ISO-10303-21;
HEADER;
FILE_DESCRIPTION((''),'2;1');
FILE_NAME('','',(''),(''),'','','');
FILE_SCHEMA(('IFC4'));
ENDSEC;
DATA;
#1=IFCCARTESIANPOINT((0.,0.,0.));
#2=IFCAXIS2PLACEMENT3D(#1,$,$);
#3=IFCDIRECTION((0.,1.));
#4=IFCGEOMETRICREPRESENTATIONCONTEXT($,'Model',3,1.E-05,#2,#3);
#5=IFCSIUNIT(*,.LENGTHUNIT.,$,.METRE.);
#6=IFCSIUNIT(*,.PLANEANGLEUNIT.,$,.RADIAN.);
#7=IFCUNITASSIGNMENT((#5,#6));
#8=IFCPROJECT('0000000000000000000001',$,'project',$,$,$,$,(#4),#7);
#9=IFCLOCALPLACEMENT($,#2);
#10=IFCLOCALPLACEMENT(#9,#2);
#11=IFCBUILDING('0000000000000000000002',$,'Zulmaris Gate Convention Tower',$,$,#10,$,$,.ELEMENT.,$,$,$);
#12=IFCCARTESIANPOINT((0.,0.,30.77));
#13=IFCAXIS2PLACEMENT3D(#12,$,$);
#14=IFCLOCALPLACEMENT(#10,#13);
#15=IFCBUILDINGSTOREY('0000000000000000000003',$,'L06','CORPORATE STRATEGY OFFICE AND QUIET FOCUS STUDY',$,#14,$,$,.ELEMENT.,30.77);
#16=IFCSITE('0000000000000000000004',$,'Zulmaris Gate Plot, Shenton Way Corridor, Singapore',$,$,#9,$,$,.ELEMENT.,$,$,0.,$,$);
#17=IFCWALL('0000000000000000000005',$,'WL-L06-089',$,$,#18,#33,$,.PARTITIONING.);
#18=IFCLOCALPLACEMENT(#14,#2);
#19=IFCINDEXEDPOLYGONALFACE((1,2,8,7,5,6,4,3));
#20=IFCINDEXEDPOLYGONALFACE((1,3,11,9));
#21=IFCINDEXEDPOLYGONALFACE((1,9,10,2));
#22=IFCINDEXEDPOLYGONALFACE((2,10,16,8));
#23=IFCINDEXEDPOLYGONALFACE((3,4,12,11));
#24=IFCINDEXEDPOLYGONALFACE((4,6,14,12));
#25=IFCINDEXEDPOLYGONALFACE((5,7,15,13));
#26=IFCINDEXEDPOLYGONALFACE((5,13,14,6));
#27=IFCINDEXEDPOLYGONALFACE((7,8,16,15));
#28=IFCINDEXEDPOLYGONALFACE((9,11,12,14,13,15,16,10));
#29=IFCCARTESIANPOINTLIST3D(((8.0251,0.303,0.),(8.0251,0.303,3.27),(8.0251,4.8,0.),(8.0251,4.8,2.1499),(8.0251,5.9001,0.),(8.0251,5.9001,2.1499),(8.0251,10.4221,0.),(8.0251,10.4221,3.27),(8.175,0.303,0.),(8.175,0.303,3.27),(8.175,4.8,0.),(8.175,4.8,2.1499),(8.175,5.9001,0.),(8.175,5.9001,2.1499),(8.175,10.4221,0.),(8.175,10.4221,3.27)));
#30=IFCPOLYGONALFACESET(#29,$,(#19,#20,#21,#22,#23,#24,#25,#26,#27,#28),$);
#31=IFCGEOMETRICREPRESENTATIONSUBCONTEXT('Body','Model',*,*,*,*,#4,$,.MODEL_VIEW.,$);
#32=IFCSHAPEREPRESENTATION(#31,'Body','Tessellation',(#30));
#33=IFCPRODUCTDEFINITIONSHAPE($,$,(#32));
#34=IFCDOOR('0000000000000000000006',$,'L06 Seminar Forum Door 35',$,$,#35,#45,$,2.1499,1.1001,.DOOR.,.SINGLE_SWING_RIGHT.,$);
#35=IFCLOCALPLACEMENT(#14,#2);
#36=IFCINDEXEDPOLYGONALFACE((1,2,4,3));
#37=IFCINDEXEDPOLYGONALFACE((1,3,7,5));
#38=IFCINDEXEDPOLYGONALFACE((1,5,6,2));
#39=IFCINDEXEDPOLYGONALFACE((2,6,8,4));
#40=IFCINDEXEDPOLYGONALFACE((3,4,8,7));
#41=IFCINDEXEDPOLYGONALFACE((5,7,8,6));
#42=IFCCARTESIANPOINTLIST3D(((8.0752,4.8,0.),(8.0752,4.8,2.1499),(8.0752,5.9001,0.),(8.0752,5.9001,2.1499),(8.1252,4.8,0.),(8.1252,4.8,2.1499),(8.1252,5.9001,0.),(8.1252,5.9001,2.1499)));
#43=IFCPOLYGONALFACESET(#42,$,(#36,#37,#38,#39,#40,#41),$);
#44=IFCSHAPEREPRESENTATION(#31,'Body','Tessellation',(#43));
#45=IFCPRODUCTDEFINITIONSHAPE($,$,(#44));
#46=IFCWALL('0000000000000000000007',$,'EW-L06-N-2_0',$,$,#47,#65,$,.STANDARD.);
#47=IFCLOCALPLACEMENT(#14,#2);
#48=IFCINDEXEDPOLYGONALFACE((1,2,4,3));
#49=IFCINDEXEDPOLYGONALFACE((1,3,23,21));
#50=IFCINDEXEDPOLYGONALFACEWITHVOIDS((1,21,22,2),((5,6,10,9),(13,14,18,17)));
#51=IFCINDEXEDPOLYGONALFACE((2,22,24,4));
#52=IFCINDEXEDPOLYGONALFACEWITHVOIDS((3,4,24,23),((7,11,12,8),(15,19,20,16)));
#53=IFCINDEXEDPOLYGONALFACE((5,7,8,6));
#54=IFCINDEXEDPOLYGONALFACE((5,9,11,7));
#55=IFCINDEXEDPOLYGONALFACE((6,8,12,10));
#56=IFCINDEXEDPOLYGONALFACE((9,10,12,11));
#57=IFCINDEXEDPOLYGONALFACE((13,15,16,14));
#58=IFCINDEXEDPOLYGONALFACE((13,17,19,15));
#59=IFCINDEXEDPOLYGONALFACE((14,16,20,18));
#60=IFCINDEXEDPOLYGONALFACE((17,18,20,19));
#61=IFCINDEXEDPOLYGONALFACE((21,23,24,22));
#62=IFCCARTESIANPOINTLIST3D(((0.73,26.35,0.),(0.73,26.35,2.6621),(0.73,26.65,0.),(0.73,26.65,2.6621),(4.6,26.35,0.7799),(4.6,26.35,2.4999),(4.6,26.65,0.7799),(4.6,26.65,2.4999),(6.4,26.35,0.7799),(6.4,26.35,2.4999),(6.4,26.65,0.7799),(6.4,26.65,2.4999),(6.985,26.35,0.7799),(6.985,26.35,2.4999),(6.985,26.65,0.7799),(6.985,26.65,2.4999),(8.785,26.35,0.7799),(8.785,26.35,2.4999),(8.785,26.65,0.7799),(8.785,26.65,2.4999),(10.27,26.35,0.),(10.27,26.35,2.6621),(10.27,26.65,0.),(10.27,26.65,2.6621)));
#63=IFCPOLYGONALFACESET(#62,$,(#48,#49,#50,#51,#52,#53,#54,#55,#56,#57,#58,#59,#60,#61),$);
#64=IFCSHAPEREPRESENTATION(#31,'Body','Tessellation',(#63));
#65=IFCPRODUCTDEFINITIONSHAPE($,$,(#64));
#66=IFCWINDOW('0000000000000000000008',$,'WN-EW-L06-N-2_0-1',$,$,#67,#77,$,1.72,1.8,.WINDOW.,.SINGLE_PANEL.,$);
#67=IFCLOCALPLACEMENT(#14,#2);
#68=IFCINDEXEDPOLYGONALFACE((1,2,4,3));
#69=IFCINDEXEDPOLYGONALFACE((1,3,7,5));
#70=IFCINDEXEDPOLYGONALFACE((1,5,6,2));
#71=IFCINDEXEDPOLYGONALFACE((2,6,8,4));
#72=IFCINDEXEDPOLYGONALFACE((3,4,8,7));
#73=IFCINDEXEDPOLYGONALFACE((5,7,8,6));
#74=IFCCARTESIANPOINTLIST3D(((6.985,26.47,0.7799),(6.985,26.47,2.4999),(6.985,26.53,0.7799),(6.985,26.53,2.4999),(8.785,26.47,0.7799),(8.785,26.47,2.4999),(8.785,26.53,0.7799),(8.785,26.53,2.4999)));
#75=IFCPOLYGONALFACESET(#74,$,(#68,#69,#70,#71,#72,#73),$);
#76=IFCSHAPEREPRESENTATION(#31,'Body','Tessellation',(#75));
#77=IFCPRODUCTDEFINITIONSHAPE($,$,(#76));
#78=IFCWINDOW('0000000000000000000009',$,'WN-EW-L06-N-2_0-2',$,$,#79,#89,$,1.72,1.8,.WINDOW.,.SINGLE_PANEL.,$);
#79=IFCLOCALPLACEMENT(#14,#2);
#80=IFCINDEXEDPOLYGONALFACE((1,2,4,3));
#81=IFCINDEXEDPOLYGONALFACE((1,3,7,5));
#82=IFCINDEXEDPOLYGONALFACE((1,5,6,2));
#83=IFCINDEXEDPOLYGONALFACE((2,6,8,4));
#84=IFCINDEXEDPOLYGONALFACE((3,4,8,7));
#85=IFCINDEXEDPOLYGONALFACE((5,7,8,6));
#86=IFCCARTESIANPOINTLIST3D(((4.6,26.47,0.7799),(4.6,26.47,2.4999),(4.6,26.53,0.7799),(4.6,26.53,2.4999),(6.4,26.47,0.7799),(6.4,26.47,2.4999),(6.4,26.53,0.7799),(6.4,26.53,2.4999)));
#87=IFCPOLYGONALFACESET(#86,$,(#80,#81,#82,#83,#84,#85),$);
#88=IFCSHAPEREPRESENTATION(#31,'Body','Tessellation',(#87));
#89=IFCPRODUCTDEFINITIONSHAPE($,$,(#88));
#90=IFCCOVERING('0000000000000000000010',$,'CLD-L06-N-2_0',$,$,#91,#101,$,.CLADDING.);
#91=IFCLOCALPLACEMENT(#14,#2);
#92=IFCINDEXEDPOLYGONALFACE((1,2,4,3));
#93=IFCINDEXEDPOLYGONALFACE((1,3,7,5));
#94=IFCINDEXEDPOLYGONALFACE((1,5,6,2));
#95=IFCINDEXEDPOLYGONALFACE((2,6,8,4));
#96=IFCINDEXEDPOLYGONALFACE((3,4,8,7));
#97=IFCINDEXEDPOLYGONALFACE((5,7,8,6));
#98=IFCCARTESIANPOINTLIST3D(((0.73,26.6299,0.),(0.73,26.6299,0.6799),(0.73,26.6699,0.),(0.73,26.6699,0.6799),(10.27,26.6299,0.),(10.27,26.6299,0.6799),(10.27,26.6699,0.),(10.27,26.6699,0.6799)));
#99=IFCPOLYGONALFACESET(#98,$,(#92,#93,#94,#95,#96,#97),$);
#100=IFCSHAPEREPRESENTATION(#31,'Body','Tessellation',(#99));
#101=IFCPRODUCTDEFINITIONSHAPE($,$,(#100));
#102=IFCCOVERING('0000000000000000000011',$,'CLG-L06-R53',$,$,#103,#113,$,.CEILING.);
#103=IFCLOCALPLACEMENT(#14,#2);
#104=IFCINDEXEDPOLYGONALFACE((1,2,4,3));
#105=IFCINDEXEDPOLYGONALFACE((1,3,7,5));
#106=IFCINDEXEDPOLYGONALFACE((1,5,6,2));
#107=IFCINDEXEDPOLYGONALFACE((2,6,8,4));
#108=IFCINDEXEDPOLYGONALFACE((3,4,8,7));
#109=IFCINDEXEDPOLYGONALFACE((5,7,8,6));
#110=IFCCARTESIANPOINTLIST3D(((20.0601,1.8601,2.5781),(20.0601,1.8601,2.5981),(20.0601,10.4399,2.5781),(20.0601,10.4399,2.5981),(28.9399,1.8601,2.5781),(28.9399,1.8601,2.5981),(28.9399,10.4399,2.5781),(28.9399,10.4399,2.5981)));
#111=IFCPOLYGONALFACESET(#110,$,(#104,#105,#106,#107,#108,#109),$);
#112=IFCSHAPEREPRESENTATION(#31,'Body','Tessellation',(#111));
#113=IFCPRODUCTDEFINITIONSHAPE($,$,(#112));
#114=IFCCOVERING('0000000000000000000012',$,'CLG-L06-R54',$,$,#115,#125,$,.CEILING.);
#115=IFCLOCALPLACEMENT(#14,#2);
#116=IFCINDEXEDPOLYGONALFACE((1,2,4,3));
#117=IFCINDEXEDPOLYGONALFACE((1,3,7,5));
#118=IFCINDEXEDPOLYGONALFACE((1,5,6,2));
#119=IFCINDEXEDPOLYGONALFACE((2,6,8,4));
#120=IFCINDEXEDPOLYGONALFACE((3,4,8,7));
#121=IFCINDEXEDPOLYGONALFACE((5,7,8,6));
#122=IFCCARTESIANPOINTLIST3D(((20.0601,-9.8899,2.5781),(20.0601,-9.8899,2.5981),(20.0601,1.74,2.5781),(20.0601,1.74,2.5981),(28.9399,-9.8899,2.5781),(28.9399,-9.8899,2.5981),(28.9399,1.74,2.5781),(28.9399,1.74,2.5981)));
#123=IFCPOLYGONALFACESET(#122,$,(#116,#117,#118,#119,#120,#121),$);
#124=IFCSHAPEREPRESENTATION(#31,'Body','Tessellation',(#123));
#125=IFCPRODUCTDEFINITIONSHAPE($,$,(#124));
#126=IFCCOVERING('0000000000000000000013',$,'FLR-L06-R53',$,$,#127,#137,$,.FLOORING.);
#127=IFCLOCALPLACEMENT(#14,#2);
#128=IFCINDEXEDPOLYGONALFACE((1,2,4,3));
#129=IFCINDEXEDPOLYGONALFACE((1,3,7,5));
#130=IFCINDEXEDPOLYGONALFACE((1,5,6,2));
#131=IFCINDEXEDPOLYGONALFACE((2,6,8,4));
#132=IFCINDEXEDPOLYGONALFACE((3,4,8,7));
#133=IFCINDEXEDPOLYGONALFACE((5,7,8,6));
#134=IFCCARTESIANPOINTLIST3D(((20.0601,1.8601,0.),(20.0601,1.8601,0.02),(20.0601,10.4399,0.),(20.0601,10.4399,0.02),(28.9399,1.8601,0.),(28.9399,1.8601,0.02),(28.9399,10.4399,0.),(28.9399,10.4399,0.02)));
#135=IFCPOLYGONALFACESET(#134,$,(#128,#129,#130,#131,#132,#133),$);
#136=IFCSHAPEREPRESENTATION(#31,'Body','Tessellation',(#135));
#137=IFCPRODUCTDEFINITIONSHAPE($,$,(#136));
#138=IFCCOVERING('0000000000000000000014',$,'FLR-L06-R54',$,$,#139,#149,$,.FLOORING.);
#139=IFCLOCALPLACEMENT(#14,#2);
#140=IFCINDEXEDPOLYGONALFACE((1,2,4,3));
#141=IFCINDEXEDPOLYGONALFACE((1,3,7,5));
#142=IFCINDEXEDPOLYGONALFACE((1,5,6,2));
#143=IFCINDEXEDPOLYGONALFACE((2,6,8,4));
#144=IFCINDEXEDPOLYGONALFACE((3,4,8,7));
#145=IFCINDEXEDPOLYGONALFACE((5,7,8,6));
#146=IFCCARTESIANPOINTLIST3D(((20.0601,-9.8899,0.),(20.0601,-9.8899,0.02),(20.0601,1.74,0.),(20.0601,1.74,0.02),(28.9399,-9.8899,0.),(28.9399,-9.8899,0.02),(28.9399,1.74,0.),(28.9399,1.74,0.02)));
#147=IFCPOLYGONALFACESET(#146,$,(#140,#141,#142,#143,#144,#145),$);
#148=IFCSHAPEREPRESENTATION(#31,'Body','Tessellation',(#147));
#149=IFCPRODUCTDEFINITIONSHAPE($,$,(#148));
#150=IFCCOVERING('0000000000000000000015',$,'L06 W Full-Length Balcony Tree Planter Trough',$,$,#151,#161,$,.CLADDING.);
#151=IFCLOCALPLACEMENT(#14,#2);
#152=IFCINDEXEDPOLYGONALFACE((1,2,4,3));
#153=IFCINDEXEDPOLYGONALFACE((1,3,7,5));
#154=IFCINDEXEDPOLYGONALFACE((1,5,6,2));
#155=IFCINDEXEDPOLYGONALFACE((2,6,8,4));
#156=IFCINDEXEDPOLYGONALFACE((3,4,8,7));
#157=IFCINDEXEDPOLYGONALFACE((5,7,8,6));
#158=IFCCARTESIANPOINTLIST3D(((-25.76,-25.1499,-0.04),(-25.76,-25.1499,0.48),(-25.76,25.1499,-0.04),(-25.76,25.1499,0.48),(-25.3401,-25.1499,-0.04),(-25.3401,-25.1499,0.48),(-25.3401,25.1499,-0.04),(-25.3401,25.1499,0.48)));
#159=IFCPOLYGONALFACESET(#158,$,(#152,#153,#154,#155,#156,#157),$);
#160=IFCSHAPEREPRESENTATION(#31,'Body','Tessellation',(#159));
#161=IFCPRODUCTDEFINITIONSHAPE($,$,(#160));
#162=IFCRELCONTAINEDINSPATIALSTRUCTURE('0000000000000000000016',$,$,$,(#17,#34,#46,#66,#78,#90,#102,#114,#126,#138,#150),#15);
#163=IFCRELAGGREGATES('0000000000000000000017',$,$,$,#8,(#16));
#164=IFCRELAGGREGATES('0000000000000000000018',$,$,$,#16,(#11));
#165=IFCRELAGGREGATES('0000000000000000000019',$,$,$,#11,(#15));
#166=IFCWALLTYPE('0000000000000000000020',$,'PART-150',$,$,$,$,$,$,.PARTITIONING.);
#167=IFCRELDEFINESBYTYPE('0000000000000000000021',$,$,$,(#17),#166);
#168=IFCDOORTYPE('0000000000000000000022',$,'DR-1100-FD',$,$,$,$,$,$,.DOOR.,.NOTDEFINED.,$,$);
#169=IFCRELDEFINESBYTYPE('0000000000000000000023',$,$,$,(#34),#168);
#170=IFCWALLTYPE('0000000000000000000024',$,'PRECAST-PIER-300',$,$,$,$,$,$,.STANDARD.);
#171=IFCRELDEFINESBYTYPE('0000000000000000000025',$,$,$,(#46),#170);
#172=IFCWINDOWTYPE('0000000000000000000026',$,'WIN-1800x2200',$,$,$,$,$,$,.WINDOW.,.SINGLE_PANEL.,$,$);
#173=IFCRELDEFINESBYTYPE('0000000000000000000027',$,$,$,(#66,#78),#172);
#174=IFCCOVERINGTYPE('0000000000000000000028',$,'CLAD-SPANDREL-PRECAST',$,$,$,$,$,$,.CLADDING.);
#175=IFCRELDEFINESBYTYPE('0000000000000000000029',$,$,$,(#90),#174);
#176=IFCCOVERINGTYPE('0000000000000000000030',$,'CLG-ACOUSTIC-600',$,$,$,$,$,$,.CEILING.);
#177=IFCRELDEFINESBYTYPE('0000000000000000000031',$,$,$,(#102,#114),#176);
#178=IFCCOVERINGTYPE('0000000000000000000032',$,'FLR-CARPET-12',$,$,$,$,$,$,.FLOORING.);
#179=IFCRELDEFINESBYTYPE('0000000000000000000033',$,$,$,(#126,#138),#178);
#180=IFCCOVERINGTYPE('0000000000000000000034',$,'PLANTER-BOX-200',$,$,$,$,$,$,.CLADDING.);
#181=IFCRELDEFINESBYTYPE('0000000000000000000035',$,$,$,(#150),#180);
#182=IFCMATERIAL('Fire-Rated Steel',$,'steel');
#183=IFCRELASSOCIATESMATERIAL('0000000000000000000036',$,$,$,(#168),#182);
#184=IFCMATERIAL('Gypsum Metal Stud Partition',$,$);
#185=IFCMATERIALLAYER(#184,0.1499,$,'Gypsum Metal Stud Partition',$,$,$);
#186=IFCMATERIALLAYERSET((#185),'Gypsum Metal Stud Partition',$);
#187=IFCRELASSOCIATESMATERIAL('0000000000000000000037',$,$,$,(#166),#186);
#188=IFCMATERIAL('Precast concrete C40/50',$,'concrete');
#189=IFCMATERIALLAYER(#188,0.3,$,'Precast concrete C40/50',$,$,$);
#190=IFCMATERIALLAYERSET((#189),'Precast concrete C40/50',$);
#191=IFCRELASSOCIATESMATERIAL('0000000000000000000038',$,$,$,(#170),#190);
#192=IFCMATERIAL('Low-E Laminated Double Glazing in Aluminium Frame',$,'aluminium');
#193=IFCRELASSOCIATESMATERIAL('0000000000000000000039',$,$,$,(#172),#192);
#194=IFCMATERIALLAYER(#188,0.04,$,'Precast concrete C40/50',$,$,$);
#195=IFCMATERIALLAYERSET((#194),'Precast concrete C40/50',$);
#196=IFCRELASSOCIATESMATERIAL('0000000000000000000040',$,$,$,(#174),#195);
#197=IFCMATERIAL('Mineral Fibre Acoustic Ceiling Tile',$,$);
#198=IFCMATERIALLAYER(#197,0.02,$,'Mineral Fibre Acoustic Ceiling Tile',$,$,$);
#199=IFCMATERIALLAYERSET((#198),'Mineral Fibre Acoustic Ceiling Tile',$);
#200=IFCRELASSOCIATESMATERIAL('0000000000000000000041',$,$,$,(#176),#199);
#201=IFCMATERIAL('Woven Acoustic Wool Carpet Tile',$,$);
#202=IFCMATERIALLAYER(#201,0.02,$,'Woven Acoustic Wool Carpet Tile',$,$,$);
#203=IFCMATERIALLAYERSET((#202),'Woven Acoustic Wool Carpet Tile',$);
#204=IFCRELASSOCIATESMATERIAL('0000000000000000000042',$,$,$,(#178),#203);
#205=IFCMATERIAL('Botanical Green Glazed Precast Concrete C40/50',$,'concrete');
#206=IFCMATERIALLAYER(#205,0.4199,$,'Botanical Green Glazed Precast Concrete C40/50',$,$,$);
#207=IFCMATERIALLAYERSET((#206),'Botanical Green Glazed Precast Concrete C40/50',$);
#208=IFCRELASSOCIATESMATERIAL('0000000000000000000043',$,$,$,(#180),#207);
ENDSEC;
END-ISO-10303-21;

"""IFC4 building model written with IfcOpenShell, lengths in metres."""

from ifc_helpers import new_model, si_unit, direction, frame, frame_2d, origin, place, context, subcontext, project, spatial, polyline, rectangle, outline, extrude, material, layer, layer_set, type_object, element, fill, save


model = new_model("IFC4")

# Units and contexts
model_context = context("Model", 3, precision=1e-05, world=origin(), true_north=direction((0.0, 1.0)))
body_context = subcontext(model_context, "Body", "Model", "MODEL_VIEW")
ifc_project = project(units=[si_unit("LENGTHUNIT", "METRE"), si_unit("PLANEANGLEUNIT", "RADIAN")], contexts=[model_context])

# Site, building, storey
site_placement = place(None, origin())
site = spatial("IfcSite", under=ifc_project, at=site_placement, Name="Zulmaris Gate Plot, Shenton Way Corridor, Singapore", CompositionType="ELEMENT", RefElevation=0.0)
building_placement = place(site_placement, origin())
building = spatial("IfcBuilding", under=site, at=building_placement, Name="Zulmaris Gate Convention Tower", CompositionType="ELEMENT")
storey_placement = place(building_placement, frame((0.0, 0.0, 30.77)))
storey = spatial("IfcBuildingStorey", under=building, at=storey_placement, Name="L06", Description="CORPORATE STRATEGY OFFICE AND QUIET FOCUS STUDY", CompositionType="ELEMENT", Elevation=30.77)

# Shared definitions
ifc_material_1 = material(Name="Fire-Rated Steel", Category="steel")
door_type_1 = type_object("IfcDoorType", Name="DR-1100-FD", OperationType="NOTDEFINED", PredefinedType="DOOR", material=ifc_material_1)

# Shared definitions
ifc_material_2 = material(Name="Gypsum Metal Stud Partition")
ifc_layer_1 = layer(ifc_material_2, 0.1499, Name="Gypsum Metal Stud Partition")
ifc_layer_set_1 = layer_set([ifc_layer_1], Name="Gypsum Metal Stud Partition")
wall_type_1 = type_object("IfcWallType", Name="PART-150", PredefinedType="PARTITIONING", material=ifc_layer_set_1)

# Wall, opening, door
wall_1_placement = place(storey_placement, frame((8.1001, 0.303, 0.0), z_axis=(0.0, 0.0, 1.0), x_axis=(0.0, 1.0, 0.0)))
wall_1 = element("IfcWall", 1, at=wall_1_placement, inside=storey, type_object=wall_type_1, Name="WL-L06-089", PredefinedType="PARTITIONING", context=body_context, shape_type="SweptSolid", body=[
    extrude(rectangle(XDim=10.1191, YDim=0.1499, at=frame_2d((5.0596, 0.0))), origin(), (0.0, 0.0, 1.0), 3.27),
])
opening_1_placement = place(wall_1_placement, frame((4.4971, 0.0, 0.0)))
opening_1 = element("IfcOpeningElement", 2, at=opening_1_placement, cuts=wall_1, PredefinedType="OPENING", context=body_context, shape_type="SweptSolid", body=[
    extrude(rectangle(XDim=1.1001, YDim=2.1499, at=frame_2d((0.55, 1.075))), frame((0.0, 0.085, 0.0), z_axis=(0.0, -1.0, 0.0), x_axis=(1.0, 0.0, 0.0)), (0.0, 0.0, 1.0), 0.1699),
])
door_1_placement = place(opening_1_placement, origin())
door_1 = element("IfcDoor", 3, at=door_1_placement, inside=storey, type_object=door_type_1, Name="L06 Seminar Forum Door 35", OperationType="SINGLE_SWING_RIGHT", OverallHeight=2.1499, OverallWidth=1.1001, PredefinedType="DOOR", context=body_context, shape_type="SweptSolid", body=[
    extrude(rectangle(XDim=1.1001, YDim=2.1499, at=frame_2d((0.55, 1.075))), frame((0.0, 0.0249, 0.0), z_axis=(0.0, -1.0, 0.0), x_axis=(1.0, 0.0, 0.0)), (0.0, 0.0, 1.0), 0.05),
])
fill(opening_1, door_1)

# Wall, openings, windows
ifc_material_3 = material(Name="Precast concrete C40/50", Category="concrete")
ifc_layer_2 = layer(ifc_material_3, 0.3, Name="Precast concrete C40/50")
ifc_layer_set_2 = layer_set([ifc_layer_2], Name="Precast concrete C40/50")
wall_type_2 = type_object("IfcWallType", Name="PRECAST-PIER-300", PredefinedType="STANDARD", material=ifc_layer_set_2)
wall_2_placement = place(storey_placement, frame((10.27, 26.5, 0.0), z_axis=(0.0, 0.0, 1.0), x_axis=(-1.0, 0.0, 0.0)))
wall_2 = element("IfcWall", 4, at=wall_2_placement, inside=storey, type_object=wall_type_2, Name="EW-L06-N-2_0", PredefinedType="STANDARD", context=body_context, shape_type="SweptSolid", body=[
    extrude(rectangle(XDim=9.54, YDim=0.3, at=frame_2d((4.77, 0.0))), origin(), (0.0, 0.0, 1.0), 2.6621),
])
opening_2_placement = place(wall_2_placement, frame((1.4851, 0.0, 0.78)))
opening_2 = element("IfcOpeningElement", 5, at=opening_2_placement, cuts=wall_2, PredefinedType="OPENING", context=body_context, shape_type="SweptSolid", body=[
    extrude(rectangle(XDim=1.8, YDim=1.72, at=frame_2d((0.8999, 0.8599))), frame((0.0, 0.1602, 0.0), z_axis=(0.0, -1.0, 0.0), x_axis=(1.0, 0.0, 0.0)), (0.0, 0.0, 1.0), 0.3201),
])
opening_3_placement = place(wall_2_placement, frame((3.8701, 0.0, 0.78)))
opening_3 = element("IfcOpeningElement", 6, at=opening_3_placement, cuts=wall_2, PredefinedType="OPENING", context=body_context, shape_type="SweptSolid", body=[
    extrude(rectangle(XDim=1.8, YDim=1.72, at=frame_2d((0.8999, 0.8599))), frame((0.0, 0.1602, 0.0), z_axis=(0.0, -1.0, 0.0), x_axis=(1.0, 0.0, 0.0)), (0.0, 0.0, 1.0), 0.3201),
])
ifc_material_4 = material(Name="Low-E Laminated Double Glazing in Aluminium Frame", Category="aluminium")
window_type = type_object("IfcWindowType", Name="WIN-1800x2200", PartitioningType="SINGLE_PANEL", PredefinedType="WINDOW", material=ifc_material_4)
window_1_placement = place(opening_2_placement, origin())
window_1 = element("IfcWindow", 7, at=window_1_placement, inside=storey, type_object=window_type, Name="WN-EW-L06-N-2_0-1", OverallHeight=1.72, OverallWidth=1.8, PartitioningType="SINGLE_PANEL", PredefinedType="WINDOW", context=body_context, shape_type="SweptSolid", body=[
    extrude(rectangle(XDim=1.8, YDim=1.72, at=frame_2d((0.8999, 0.8599))), frame((0.0, 0.03, 0.0), z_axis=(0.0, -1.0, 0.0), x_axis=(1.0, 0.0, 0.0)), (0.0, 0.0, 1.0), 0.0601),
])
fill(opening_2, window_1)
window_2_placement = place(opening_3_placement, origin())
window_2 = element("IfcWindow", 8, at=window_2_placement, inside=storey, type_object=window_type, Name="WN-EW-L06-N-2_0-2", OverallHeight=1.72, OverallWidth=1.8, PartitioningType="SINGLE_PANEL", PredefinedType="WINDOW", context=body_context, shape_type="SweptSolid", body=[
    extrude(rectangle(XDim=1.8, YDim=1.72, at=frame_2d((0.8999, 0.8599))), frame((0.0, 0.03, 0.0), z_axis=(0.0, -1.0, 0.0), x_axis=(1.0, 0.0, 0.0)), (0.0, 0.0, 1.0), 0.0601),
])
fill(opening_3, window_2)

# Coverings
ifc_layer_3 = layer(ifc_material_3, 0.04, Name="Precast concrete C40/50")
ifc_layer_set_3 = layer_set([ifc_layer_3], Name="Precast concrete C40/50")
covering_type_1 = type_object("IfcCoveringType", Name="CLAD-SPANDREL-PRECAST", PredefinedType="CLADDING", material=ifc_layer_set_3)
covering_1_placement = place(storey_placement, frame((10.27, 26.6499, 0.0), z_axis=(0.0, 0.0, 1.0), x_axis=(-1.0, 0.0, 0.0)))
element("IfcCovering", 9, at=covering_1_placement, inside=storey, type_object=covering_type_1, Name="CLD-L06-N-2_0", PredefinedType="CLADDING", context=body_context, shape_type="SweptSolid", body=[
    extrude(rectangle(XDim=9.54, YDim=0.04, at=frame_2d((4.77, 0.0))), origin(), (0.0, 0.0, 1.0), 0.6799),
])
ifc_material_5 = material(Name="Mineral Fibre Acoustic Ceiling Tile")
ifc_layer_4 = layer(ifc_material_5, 0.02, Name="Mineral Fibre Acoustic Ceiling Tile")
ifc_layer_set_4 = layer_set([ifc_layer_4], Name="Mineral Fibre Acoustic Ceiling Tile")
covering_type_2 = type_object("IfcCoveringType", Name="CLG-ACOUSTIC-600", PredefinedType="CEILING", material=ifc_layer_set_4)
covering_2_placement = place(storey_placement, frame((0.0, 0.0, 2.5781)))
element("IfcCovering", 10, at=covering_2_placement, inside=storey, type_object=covering_type_2, Name="CLG-L06-R53", PredefinedType="CEILING", context=body_context, shape_type="SweptSolid", body=[
    extrude(outline(polyline([(20.0601, 1.8601), (28.9399, 1.8601), (28.9399, 10.4399), (20.0601, 10.4399), (20.0601, 1.8601)])), origin(), (0.0, 0.0, 1.0), 0.02),
])
covering_3_placement = place(storey_placement, frame((0.0, 0.0, 2.5781)))
element("IfcCovering", 11, at=covering_3_placement, inside=storey, type_object=covering_type_2, Name="CLG-L06-R54", PredefinedType="CEILING", context=body_context, shape_type="SweptSolid", body=[
    extrude(outline(polyline([(20.0601, -9.8899), (28.9399, -9.8899), (28.9399, 1.74), (20.0601, 1.74), (20.0601, -9.8899)])), origin(), (0.0, 0.0, 1.0), 0.02),
])
ifc_material_6 = material(Name="Woven Acoustic Wool Carpet Tile")
ifc_layer_5 = layer(ifc_material_6, 0.02, Name="Woven Acoustic Wool Carpet Tile")
ifc_layer_set_5 = layer_set([ifc_layer_5], Name="Woven Acoustic Wool Carpet Tile")
covering_type_3 = type_object("IfcCoveringType", Name="FLR-CARPET-12", PredefinedType="FLOORING", material=ifc_layer_set_5)
covering_4_placement = place(storey_placement, origin())
element("IfcCovering", 12, at=covering_4_placement, inside=storey, type_object=covering_type_3, Name="FLR-L06-R53", PredefinedType="FLOORING", context=body_context, shape_type="SweptSolid", body=[
    extrude(outline(polyline([(20.0601, 1.8601), (28.9399, 1.8601), (28.9399, 10.4399), (20.0601, 10.4399), (20.0601, 1.8601)])), origin(), (0.0, 0.0, 1.0), 0.02),
])
covering_5_placement = place(storey_placement, origin())
element("IfcCovering", 13, at=covering_5_placement, inside=storey, type_object=covering_type_3, Name="FLR-L06-R54", PredefinedType="FLOORING", context=body_context, shape_type="SweptSolid", body=[
    extrude(outline(polyline([(20.0601, -9.8899), (28.9399, -9.8899), (28.9399, 1.74), (20.0601, 1.74), (20.0601, -9.8899)])), origin(), (0.0, 0.0, 1.0), 0.02),
])
ifc_material_7 = material(Name="Botanical Green Glazed Precast Concrete C40/50", Category="concrete")
ifc_layer_6 = layer(ifc_material_7, 0.4199, Name="Botanical Green Glazed Precast Concrete C40/50")
ifc_layer_set_6 = layer_set([ifc_layer_6], Name="Botanical Green Glazed Precast Concrete C40/50")
covering_type_4 = type_object("IfcCoveringType", Name="PLANTER-BOX-200", PredefinedType="CLADDING", material=ifc_layer_set_6)
covering_6_placement = place(storey_placement, frame((0.0, 0.0, -0.04)))
element("IfcCovering", 14, at=covering_6_placement, inside=storey, type_object=covering_type_4, Name="L06 W Full-Length Balcony Tree Planter Trough", PredefinedType="CLADDING", context=body_context, shape_type="SweptSolid", body=[
    extrude(outline(polyline([(-25.76, -25.1499), (-25.3401, -25.1499), (-25.3401, 25.1499), (-25.76, 25.1499), (-25.76, -25.1499)])), origin(), (0.0, 0.0, 1.0), 0.52),
])

save(model, "model.ifc")
